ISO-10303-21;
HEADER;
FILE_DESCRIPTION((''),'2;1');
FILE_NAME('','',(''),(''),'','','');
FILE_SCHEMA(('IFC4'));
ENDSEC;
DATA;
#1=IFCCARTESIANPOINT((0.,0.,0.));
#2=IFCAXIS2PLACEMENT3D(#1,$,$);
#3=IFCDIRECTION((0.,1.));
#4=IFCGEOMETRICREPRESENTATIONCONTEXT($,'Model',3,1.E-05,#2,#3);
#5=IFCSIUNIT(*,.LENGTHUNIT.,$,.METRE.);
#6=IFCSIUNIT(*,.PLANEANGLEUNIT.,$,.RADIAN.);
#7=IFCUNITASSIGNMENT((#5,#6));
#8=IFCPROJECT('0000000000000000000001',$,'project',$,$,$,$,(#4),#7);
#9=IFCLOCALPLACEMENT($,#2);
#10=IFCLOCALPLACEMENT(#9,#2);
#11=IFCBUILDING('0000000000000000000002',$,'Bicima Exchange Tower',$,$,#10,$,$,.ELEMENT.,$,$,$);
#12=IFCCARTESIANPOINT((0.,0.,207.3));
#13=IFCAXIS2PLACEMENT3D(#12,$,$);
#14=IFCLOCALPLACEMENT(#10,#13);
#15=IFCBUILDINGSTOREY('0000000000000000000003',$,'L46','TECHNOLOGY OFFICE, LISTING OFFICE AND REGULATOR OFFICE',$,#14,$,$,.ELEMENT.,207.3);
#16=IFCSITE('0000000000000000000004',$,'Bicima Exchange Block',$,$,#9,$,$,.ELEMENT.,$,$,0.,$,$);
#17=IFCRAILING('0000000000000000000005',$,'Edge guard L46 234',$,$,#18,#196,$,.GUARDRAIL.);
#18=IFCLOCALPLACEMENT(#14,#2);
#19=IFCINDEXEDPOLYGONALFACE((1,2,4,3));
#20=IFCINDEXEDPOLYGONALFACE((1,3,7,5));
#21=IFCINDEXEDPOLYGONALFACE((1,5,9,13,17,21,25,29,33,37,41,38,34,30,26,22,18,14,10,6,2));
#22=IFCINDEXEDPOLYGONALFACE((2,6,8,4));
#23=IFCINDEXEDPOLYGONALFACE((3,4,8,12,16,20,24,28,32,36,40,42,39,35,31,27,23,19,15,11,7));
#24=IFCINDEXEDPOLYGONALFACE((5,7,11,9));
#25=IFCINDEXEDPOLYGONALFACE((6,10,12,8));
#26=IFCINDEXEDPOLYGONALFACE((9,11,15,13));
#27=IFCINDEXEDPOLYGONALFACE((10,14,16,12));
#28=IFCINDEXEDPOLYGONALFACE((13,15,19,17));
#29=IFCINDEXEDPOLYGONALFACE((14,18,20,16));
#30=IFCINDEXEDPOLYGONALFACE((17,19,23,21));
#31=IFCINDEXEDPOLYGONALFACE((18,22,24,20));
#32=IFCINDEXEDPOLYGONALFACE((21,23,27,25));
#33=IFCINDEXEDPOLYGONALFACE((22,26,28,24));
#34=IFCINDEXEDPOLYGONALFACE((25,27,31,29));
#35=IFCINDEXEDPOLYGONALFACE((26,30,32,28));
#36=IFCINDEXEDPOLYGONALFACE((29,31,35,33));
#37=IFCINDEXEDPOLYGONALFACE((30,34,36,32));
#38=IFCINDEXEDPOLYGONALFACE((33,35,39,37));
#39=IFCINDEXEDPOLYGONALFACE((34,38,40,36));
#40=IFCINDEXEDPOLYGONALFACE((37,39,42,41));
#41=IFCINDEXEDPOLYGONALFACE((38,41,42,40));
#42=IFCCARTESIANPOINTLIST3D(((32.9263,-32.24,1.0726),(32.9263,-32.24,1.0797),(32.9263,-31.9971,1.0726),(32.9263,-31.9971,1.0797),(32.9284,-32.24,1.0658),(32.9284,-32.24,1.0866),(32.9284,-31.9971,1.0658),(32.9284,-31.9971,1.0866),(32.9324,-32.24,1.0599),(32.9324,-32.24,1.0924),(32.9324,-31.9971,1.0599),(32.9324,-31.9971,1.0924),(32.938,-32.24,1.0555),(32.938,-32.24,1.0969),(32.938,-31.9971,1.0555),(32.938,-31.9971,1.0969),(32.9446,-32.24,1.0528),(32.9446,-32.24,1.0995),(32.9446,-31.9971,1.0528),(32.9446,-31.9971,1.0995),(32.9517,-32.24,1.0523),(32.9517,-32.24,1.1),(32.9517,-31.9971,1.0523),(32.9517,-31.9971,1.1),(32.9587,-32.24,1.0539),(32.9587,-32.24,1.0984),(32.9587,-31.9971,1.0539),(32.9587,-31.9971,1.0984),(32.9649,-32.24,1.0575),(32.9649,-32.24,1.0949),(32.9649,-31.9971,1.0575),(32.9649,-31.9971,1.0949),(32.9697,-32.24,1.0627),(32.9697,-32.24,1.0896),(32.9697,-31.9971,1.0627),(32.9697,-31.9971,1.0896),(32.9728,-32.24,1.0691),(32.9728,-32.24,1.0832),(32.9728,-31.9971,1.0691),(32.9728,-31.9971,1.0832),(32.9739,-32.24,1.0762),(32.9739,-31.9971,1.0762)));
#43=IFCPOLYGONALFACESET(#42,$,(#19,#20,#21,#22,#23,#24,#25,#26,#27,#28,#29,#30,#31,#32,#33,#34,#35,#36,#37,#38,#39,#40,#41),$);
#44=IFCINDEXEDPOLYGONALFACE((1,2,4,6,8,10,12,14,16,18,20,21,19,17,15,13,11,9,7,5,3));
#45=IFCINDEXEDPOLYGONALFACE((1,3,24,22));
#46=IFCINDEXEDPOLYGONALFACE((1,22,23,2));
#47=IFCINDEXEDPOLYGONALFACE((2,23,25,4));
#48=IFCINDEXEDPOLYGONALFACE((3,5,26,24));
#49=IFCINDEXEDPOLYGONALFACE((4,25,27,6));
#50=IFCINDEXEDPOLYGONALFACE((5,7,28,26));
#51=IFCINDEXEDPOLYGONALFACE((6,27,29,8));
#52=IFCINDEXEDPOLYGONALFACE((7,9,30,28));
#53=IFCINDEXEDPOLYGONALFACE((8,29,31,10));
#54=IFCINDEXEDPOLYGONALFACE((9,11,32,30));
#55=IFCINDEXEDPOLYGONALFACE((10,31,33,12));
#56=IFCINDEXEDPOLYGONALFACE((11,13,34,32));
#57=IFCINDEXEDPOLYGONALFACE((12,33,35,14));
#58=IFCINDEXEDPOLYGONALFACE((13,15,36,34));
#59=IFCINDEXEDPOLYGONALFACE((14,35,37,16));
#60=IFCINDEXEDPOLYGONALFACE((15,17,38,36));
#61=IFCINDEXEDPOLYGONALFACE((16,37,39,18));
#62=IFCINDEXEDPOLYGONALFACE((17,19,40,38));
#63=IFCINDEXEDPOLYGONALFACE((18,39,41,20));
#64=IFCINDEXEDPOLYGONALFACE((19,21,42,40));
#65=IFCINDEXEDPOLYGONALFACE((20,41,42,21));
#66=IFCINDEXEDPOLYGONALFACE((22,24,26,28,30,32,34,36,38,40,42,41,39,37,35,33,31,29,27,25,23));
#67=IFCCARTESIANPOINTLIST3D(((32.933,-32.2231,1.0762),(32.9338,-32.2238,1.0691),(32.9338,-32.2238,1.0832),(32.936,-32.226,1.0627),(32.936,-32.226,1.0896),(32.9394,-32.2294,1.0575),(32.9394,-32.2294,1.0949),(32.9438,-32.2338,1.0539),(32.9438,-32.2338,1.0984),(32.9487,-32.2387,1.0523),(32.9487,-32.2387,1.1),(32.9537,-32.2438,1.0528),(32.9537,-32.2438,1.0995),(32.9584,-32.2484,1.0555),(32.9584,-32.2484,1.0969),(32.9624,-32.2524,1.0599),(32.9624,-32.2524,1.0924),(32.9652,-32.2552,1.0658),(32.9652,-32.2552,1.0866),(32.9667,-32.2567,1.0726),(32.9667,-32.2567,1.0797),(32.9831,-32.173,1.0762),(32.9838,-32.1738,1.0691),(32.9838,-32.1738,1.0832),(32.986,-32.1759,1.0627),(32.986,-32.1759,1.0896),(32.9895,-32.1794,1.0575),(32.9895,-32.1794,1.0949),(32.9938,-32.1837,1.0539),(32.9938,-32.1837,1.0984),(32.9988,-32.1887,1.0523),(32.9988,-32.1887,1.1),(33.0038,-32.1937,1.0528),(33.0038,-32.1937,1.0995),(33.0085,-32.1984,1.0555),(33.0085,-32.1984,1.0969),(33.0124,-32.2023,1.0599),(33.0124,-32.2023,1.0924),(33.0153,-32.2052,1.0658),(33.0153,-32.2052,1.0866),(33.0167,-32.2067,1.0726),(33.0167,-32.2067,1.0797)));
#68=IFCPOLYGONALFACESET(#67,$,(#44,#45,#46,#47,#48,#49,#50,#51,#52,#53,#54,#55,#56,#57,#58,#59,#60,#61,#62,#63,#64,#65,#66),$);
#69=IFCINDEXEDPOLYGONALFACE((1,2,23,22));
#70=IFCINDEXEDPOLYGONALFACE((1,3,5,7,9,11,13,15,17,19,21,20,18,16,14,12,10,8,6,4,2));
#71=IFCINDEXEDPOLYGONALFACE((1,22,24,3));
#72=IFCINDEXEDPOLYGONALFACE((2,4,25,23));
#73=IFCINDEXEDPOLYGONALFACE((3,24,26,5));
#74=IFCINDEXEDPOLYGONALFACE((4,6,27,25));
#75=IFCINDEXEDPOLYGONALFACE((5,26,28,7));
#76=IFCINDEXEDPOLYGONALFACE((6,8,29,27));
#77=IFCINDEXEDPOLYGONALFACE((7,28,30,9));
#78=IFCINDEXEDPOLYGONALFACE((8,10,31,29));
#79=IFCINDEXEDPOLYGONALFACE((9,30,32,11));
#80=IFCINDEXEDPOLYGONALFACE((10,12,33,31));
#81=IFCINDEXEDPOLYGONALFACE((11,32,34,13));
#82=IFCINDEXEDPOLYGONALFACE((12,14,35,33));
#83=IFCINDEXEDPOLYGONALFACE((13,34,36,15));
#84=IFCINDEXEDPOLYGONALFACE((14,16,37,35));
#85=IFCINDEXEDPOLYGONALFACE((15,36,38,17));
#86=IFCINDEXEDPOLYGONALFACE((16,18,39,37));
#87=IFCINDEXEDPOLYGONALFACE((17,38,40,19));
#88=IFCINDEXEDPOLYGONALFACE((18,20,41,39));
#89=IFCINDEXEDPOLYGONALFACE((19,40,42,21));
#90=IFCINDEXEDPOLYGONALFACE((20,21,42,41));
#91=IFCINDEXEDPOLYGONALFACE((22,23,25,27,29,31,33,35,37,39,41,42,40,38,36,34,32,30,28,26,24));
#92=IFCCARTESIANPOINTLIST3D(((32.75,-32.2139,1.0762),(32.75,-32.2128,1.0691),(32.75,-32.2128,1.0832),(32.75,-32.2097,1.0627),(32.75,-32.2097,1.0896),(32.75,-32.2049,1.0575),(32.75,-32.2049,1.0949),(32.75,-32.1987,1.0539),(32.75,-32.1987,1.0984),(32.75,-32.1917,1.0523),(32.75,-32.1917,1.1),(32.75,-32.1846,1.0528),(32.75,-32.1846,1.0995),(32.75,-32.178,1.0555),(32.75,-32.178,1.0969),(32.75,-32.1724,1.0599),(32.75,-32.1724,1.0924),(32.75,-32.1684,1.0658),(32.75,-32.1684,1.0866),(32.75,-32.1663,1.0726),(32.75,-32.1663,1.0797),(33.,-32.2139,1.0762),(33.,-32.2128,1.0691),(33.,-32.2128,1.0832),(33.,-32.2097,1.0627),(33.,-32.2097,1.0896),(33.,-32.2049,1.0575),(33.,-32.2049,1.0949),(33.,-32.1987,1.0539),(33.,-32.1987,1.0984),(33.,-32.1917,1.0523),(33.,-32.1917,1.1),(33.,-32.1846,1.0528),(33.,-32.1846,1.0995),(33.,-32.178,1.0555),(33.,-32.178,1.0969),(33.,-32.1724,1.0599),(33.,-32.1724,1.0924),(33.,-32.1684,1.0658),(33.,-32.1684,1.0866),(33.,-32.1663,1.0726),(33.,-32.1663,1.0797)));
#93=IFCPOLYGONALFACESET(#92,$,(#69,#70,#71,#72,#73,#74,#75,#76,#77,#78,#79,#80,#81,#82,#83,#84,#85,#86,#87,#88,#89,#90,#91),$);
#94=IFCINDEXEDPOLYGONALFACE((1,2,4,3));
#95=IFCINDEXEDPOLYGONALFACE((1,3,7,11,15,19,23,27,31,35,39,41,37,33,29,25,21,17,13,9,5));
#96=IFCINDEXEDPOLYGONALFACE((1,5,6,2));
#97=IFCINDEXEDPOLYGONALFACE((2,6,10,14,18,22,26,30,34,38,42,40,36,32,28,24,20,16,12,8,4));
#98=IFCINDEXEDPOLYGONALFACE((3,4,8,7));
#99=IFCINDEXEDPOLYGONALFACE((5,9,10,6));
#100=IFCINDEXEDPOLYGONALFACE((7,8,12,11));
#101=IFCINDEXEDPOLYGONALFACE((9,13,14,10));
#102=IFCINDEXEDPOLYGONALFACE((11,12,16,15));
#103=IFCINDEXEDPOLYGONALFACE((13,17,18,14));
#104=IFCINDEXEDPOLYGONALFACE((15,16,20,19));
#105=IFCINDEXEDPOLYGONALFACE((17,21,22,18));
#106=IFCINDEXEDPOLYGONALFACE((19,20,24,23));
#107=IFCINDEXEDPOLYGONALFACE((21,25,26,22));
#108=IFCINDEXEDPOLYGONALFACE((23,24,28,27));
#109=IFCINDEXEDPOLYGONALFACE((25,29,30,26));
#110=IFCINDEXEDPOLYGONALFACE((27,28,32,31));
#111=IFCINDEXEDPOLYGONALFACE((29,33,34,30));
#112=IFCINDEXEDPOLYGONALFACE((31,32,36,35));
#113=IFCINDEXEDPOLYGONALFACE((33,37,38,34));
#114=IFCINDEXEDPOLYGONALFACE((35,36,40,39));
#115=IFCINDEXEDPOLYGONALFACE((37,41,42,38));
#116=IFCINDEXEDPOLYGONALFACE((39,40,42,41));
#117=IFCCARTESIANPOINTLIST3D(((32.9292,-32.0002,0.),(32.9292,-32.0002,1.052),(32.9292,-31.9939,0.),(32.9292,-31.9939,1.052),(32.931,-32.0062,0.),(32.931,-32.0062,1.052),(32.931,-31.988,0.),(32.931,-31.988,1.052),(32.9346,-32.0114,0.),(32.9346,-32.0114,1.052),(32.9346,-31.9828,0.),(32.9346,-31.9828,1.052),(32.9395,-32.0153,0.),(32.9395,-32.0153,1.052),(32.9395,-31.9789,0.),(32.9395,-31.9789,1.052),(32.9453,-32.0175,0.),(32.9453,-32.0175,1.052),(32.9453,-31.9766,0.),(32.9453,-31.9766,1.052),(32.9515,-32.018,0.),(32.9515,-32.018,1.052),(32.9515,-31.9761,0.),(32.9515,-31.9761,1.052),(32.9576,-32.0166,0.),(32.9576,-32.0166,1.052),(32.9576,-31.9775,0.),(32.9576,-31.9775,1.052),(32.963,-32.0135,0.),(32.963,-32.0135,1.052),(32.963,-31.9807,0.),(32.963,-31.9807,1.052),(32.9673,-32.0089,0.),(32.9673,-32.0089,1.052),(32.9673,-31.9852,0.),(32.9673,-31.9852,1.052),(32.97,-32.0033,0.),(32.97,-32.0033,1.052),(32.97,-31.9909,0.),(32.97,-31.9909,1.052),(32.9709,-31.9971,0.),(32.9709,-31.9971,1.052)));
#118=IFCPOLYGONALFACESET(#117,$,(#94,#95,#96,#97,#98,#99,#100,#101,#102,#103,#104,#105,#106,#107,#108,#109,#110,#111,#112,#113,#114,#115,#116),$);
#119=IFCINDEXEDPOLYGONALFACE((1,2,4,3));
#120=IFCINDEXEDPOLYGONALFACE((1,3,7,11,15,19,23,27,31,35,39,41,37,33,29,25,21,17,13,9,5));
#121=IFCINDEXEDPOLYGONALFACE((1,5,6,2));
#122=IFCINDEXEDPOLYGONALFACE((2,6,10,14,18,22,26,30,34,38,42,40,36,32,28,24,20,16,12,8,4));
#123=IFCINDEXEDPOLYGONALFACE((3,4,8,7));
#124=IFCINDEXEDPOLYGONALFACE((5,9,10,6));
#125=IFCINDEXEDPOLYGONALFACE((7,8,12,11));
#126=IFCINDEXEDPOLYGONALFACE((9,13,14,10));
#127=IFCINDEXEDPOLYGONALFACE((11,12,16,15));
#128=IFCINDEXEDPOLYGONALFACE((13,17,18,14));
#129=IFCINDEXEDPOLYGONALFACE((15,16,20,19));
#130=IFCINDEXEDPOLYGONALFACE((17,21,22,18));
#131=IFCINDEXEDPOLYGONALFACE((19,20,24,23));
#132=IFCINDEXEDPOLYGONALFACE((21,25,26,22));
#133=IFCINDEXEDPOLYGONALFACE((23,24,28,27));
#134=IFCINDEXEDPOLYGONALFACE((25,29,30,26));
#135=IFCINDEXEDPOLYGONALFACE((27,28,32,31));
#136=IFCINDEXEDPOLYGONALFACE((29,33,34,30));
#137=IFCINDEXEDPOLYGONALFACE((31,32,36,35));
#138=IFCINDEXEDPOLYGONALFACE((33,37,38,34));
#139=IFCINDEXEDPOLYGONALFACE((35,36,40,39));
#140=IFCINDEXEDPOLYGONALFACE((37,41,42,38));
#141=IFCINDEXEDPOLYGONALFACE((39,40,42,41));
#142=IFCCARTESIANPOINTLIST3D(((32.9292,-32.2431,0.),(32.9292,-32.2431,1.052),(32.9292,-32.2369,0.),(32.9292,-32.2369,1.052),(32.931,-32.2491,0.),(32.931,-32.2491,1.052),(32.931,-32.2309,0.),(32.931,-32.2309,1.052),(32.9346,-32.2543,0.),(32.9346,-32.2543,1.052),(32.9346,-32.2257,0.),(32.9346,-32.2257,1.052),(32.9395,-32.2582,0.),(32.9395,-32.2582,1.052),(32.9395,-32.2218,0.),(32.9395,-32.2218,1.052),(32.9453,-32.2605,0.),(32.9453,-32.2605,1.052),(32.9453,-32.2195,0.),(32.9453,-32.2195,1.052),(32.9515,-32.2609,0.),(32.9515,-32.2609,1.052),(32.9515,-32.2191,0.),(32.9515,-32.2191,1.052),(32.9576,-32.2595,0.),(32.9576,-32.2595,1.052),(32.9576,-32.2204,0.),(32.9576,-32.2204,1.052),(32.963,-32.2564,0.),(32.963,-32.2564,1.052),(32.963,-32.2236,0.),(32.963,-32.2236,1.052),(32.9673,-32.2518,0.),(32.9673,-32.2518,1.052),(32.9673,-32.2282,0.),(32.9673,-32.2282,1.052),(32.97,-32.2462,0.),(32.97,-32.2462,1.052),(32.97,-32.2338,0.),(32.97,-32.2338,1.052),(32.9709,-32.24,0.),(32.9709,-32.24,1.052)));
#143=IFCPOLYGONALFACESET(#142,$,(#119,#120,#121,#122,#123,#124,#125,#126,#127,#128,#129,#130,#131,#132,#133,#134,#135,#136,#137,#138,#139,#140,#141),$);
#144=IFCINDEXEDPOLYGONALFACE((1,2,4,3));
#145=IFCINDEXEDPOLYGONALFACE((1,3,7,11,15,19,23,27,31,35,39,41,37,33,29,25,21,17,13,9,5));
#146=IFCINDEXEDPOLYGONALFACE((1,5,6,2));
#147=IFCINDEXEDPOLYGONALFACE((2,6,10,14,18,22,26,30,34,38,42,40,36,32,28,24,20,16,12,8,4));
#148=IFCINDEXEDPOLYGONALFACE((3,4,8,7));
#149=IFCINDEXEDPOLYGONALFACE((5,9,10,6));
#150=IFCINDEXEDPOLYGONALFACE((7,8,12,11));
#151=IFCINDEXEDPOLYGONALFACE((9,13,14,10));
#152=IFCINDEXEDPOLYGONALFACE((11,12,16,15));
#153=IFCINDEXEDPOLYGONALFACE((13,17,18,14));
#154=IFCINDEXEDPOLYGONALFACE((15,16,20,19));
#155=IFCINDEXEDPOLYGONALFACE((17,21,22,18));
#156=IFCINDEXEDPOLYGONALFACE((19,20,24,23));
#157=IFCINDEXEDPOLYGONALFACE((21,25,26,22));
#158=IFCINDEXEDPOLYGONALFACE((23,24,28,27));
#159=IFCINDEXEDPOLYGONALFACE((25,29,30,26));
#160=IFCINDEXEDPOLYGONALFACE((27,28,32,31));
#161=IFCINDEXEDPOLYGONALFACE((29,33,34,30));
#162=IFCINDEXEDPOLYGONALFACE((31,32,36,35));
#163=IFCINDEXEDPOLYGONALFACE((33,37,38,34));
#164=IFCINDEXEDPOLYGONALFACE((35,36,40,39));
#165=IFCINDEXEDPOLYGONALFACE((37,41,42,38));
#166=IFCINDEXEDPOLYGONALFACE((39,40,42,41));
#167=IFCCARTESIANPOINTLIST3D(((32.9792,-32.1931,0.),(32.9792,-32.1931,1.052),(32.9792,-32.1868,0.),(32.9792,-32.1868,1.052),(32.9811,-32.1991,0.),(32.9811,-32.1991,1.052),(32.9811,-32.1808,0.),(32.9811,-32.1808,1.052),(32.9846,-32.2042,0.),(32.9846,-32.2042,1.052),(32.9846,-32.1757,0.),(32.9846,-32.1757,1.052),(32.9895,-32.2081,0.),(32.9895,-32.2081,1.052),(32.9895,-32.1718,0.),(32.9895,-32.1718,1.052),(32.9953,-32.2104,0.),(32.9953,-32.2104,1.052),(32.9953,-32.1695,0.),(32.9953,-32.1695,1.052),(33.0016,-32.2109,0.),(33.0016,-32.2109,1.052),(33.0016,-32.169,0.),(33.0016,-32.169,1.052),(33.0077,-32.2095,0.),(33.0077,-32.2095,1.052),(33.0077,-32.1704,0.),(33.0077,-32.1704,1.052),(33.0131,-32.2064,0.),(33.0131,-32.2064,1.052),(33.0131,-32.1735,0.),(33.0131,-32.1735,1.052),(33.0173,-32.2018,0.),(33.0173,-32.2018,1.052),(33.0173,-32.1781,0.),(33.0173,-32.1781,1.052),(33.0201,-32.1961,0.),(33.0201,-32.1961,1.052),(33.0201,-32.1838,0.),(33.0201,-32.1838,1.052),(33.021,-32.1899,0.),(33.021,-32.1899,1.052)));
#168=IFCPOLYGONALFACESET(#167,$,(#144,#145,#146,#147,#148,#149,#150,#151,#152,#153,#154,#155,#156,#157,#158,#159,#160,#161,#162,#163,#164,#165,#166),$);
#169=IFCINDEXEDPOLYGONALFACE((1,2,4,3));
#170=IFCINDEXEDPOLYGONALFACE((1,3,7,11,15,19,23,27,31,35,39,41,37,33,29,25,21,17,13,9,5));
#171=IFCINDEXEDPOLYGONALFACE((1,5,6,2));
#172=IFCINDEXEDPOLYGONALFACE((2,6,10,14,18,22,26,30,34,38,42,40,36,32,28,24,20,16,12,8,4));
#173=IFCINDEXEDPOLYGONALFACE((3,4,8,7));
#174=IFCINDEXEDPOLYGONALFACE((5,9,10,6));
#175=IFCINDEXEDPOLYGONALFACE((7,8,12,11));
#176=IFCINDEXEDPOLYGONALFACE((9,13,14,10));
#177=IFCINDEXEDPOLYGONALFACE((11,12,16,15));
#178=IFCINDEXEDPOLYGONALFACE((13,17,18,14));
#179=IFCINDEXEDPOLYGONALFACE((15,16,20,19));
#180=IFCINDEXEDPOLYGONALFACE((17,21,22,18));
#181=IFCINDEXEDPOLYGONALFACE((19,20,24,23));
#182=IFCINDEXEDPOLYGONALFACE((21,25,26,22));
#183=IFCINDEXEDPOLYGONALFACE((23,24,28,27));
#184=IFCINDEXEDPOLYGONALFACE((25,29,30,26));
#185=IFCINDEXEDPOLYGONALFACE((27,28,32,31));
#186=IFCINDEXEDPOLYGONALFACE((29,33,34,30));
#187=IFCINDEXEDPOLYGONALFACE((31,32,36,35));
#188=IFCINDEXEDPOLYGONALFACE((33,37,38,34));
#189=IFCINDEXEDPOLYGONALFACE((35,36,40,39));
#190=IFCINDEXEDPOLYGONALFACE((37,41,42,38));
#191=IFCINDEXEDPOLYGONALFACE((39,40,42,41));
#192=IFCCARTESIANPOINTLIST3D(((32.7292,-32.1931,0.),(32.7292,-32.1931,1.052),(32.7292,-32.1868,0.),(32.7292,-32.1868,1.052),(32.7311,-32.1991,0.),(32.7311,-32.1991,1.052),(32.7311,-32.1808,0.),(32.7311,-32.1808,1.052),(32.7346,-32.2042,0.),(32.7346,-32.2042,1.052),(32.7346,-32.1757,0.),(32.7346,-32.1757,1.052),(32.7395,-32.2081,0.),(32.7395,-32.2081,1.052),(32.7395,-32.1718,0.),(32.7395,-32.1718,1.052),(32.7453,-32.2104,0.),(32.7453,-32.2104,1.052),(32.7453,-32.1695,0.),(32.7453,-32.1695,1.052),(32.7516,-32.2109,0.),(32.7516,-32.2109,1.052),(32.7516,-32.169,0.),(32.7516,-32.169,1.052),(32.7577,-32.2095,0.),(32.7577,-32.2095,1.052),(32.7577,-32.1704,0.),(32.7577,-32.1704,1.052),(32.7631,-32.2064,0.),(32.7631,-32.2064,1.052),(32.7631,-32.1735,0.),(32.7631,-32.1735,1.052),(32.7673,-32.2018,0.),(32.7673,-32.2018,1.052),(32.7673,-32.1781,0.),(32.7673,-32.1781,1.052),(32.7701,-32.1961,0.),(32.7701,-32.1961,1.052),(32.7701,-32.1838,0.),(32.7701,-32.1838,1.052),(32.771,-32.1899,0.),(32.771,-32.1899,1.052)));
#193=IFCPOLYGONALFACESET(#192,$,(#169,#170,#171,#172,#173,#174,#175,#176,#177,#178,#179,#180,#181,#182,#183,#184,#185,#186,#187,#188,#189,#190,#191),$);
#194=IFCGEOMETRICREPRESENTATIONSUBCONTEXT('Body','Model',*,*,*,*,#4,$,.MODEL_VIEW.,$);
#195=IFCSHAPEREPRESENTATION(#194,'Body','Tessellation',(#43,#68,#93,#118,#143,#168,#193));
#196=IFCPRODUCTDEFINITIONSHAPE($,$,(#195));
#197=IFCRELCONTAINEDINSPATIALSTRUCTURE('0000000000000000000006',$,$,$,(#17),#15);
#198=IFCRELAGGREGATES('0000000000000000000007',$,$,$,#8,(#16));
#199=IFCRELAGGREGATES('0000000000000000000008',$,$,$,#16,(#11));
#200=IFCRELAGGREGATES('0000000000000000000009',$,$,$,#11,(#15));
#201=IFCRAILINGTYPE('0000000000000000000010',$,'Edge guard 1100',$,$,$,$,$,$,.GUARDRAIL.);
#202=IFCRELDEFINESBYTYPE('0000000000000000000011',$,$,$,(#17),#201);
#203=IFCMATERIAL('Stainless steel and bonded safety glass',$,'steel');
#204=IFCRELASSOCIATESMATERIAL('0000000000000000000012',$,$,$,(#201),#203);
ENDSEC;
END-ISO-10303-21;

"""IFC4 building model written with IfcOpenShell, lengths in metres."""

from ifc_helpers import new_model, si_unit, direction, frame, origin, origin_2d, place, context, subcontext, project, spatial, circle, extrude, material, type_object, element, save


model = new_model("IFC4")

# Units and contexts
model_context = context("Model", 3, precision=1e-05, world=origin(), true_north=direction((0.0, 1.0)))
body_context = subcontext(model_context, "Body", "Model", "MODEL_VIEW")
ifc_project = project(units=[si_unit("LENGTHUNIT", "METRE"), si_unit("PLANEANGLEUNIT", "RADIAN")], contexts=[model_context])

# Site, building, storey
site_placement = place(None, origin())
site = spatial("IfcSite", under=ifc_project, at=site_placement, Name="Bicima Exchange Block", CompositionType="ELEMENT", RefElevation=0.0)
building_placement = place(site_placement, origin())
building = spatial("IfcBuilding", under=site, at=building_placement, Name="Bicima Exchange Tower", CompositionType="ELEMENT")
storey_placement = place(building_placement, frame((0.0, 0.0, 207.3)))
storey = spatial("IfcBuildingStorey", under=building, at=storey_placement, Name="L46", Description="TECHNOLOGY OFFICE, LISTING OFFICE AND REGULATOR OFFICE", CompositionType="ELEMENT", Elevation=207.3)

# Railing
ifc_material_1 = material(Name="Stainless steel and bonded safety glass", Category="steel")
railing_type = type_object("IfcRailingType", Name="Edge guard 1100", PredefinedType="GUARDRAIL", material=ifc_material_1)
railing_1_placement = place(storey_placement, frame((32.95, -31.9971, 0.0)))
element("IfcRailing", 1, at=railing_1_placement, inside=storey, type_object=railing_type, Name="Edge guard L46 234", PredefinedType="GUARDRAIL", context=body_context, shape_type="SweptSolid", body=[
    extrude(circle(Radius=0.0239, at=origin_2d()), frame((0.0, 0.0, 1.0762), z_axis=(0.0, -1.0, 0.0), x_axis=(1.0, 0.0, 0.0)), (0.0, 0.0, 1.0), 0.2429),
    extrude(circle(Radius=0.0239, at=origin_2d()), frame((0.0, -0.2429, 1.0762), z_axis=(0.707107, 0.707107, 0.0), x_axis=(-0.707107, 0.707107, 0.0)), (0.0, 0.0, 1.0), 0.0708),
    extrude(circle(Radius=0.0239, at=origin_2d()), frame((0.05, -0.1929, 1.0762), z_axis=(-1.0, 0.0, 0.0), x_axis=(0.0, -1.0, 0.0)), (0.0, 0.0, 1.0), 0.25),
    extrude(circle(Radius=0.021, at=origin_2d()), origin(), (0.0, 0.0, 1.0), 1.052),
    extrude(circle(Radius=0.021, at=origin_2d()), frame((0.0, -0.2429, 0.0)), (0.0, 0.0, 1.0), 1.052),
    extrude(circle(Radius=0.021, at=origin_2d()), frame((0.05, -0.1929, 0.0)), (0.0, 0.0, 1.0), 1.052),
    extrude(circle(Radius=0.021, at=origin_2d()), frame((-0.2, -0.1929, 0.0)), (0.0, 0.0, 1.0), 1.052),
])

save(model, "model.ifc")
